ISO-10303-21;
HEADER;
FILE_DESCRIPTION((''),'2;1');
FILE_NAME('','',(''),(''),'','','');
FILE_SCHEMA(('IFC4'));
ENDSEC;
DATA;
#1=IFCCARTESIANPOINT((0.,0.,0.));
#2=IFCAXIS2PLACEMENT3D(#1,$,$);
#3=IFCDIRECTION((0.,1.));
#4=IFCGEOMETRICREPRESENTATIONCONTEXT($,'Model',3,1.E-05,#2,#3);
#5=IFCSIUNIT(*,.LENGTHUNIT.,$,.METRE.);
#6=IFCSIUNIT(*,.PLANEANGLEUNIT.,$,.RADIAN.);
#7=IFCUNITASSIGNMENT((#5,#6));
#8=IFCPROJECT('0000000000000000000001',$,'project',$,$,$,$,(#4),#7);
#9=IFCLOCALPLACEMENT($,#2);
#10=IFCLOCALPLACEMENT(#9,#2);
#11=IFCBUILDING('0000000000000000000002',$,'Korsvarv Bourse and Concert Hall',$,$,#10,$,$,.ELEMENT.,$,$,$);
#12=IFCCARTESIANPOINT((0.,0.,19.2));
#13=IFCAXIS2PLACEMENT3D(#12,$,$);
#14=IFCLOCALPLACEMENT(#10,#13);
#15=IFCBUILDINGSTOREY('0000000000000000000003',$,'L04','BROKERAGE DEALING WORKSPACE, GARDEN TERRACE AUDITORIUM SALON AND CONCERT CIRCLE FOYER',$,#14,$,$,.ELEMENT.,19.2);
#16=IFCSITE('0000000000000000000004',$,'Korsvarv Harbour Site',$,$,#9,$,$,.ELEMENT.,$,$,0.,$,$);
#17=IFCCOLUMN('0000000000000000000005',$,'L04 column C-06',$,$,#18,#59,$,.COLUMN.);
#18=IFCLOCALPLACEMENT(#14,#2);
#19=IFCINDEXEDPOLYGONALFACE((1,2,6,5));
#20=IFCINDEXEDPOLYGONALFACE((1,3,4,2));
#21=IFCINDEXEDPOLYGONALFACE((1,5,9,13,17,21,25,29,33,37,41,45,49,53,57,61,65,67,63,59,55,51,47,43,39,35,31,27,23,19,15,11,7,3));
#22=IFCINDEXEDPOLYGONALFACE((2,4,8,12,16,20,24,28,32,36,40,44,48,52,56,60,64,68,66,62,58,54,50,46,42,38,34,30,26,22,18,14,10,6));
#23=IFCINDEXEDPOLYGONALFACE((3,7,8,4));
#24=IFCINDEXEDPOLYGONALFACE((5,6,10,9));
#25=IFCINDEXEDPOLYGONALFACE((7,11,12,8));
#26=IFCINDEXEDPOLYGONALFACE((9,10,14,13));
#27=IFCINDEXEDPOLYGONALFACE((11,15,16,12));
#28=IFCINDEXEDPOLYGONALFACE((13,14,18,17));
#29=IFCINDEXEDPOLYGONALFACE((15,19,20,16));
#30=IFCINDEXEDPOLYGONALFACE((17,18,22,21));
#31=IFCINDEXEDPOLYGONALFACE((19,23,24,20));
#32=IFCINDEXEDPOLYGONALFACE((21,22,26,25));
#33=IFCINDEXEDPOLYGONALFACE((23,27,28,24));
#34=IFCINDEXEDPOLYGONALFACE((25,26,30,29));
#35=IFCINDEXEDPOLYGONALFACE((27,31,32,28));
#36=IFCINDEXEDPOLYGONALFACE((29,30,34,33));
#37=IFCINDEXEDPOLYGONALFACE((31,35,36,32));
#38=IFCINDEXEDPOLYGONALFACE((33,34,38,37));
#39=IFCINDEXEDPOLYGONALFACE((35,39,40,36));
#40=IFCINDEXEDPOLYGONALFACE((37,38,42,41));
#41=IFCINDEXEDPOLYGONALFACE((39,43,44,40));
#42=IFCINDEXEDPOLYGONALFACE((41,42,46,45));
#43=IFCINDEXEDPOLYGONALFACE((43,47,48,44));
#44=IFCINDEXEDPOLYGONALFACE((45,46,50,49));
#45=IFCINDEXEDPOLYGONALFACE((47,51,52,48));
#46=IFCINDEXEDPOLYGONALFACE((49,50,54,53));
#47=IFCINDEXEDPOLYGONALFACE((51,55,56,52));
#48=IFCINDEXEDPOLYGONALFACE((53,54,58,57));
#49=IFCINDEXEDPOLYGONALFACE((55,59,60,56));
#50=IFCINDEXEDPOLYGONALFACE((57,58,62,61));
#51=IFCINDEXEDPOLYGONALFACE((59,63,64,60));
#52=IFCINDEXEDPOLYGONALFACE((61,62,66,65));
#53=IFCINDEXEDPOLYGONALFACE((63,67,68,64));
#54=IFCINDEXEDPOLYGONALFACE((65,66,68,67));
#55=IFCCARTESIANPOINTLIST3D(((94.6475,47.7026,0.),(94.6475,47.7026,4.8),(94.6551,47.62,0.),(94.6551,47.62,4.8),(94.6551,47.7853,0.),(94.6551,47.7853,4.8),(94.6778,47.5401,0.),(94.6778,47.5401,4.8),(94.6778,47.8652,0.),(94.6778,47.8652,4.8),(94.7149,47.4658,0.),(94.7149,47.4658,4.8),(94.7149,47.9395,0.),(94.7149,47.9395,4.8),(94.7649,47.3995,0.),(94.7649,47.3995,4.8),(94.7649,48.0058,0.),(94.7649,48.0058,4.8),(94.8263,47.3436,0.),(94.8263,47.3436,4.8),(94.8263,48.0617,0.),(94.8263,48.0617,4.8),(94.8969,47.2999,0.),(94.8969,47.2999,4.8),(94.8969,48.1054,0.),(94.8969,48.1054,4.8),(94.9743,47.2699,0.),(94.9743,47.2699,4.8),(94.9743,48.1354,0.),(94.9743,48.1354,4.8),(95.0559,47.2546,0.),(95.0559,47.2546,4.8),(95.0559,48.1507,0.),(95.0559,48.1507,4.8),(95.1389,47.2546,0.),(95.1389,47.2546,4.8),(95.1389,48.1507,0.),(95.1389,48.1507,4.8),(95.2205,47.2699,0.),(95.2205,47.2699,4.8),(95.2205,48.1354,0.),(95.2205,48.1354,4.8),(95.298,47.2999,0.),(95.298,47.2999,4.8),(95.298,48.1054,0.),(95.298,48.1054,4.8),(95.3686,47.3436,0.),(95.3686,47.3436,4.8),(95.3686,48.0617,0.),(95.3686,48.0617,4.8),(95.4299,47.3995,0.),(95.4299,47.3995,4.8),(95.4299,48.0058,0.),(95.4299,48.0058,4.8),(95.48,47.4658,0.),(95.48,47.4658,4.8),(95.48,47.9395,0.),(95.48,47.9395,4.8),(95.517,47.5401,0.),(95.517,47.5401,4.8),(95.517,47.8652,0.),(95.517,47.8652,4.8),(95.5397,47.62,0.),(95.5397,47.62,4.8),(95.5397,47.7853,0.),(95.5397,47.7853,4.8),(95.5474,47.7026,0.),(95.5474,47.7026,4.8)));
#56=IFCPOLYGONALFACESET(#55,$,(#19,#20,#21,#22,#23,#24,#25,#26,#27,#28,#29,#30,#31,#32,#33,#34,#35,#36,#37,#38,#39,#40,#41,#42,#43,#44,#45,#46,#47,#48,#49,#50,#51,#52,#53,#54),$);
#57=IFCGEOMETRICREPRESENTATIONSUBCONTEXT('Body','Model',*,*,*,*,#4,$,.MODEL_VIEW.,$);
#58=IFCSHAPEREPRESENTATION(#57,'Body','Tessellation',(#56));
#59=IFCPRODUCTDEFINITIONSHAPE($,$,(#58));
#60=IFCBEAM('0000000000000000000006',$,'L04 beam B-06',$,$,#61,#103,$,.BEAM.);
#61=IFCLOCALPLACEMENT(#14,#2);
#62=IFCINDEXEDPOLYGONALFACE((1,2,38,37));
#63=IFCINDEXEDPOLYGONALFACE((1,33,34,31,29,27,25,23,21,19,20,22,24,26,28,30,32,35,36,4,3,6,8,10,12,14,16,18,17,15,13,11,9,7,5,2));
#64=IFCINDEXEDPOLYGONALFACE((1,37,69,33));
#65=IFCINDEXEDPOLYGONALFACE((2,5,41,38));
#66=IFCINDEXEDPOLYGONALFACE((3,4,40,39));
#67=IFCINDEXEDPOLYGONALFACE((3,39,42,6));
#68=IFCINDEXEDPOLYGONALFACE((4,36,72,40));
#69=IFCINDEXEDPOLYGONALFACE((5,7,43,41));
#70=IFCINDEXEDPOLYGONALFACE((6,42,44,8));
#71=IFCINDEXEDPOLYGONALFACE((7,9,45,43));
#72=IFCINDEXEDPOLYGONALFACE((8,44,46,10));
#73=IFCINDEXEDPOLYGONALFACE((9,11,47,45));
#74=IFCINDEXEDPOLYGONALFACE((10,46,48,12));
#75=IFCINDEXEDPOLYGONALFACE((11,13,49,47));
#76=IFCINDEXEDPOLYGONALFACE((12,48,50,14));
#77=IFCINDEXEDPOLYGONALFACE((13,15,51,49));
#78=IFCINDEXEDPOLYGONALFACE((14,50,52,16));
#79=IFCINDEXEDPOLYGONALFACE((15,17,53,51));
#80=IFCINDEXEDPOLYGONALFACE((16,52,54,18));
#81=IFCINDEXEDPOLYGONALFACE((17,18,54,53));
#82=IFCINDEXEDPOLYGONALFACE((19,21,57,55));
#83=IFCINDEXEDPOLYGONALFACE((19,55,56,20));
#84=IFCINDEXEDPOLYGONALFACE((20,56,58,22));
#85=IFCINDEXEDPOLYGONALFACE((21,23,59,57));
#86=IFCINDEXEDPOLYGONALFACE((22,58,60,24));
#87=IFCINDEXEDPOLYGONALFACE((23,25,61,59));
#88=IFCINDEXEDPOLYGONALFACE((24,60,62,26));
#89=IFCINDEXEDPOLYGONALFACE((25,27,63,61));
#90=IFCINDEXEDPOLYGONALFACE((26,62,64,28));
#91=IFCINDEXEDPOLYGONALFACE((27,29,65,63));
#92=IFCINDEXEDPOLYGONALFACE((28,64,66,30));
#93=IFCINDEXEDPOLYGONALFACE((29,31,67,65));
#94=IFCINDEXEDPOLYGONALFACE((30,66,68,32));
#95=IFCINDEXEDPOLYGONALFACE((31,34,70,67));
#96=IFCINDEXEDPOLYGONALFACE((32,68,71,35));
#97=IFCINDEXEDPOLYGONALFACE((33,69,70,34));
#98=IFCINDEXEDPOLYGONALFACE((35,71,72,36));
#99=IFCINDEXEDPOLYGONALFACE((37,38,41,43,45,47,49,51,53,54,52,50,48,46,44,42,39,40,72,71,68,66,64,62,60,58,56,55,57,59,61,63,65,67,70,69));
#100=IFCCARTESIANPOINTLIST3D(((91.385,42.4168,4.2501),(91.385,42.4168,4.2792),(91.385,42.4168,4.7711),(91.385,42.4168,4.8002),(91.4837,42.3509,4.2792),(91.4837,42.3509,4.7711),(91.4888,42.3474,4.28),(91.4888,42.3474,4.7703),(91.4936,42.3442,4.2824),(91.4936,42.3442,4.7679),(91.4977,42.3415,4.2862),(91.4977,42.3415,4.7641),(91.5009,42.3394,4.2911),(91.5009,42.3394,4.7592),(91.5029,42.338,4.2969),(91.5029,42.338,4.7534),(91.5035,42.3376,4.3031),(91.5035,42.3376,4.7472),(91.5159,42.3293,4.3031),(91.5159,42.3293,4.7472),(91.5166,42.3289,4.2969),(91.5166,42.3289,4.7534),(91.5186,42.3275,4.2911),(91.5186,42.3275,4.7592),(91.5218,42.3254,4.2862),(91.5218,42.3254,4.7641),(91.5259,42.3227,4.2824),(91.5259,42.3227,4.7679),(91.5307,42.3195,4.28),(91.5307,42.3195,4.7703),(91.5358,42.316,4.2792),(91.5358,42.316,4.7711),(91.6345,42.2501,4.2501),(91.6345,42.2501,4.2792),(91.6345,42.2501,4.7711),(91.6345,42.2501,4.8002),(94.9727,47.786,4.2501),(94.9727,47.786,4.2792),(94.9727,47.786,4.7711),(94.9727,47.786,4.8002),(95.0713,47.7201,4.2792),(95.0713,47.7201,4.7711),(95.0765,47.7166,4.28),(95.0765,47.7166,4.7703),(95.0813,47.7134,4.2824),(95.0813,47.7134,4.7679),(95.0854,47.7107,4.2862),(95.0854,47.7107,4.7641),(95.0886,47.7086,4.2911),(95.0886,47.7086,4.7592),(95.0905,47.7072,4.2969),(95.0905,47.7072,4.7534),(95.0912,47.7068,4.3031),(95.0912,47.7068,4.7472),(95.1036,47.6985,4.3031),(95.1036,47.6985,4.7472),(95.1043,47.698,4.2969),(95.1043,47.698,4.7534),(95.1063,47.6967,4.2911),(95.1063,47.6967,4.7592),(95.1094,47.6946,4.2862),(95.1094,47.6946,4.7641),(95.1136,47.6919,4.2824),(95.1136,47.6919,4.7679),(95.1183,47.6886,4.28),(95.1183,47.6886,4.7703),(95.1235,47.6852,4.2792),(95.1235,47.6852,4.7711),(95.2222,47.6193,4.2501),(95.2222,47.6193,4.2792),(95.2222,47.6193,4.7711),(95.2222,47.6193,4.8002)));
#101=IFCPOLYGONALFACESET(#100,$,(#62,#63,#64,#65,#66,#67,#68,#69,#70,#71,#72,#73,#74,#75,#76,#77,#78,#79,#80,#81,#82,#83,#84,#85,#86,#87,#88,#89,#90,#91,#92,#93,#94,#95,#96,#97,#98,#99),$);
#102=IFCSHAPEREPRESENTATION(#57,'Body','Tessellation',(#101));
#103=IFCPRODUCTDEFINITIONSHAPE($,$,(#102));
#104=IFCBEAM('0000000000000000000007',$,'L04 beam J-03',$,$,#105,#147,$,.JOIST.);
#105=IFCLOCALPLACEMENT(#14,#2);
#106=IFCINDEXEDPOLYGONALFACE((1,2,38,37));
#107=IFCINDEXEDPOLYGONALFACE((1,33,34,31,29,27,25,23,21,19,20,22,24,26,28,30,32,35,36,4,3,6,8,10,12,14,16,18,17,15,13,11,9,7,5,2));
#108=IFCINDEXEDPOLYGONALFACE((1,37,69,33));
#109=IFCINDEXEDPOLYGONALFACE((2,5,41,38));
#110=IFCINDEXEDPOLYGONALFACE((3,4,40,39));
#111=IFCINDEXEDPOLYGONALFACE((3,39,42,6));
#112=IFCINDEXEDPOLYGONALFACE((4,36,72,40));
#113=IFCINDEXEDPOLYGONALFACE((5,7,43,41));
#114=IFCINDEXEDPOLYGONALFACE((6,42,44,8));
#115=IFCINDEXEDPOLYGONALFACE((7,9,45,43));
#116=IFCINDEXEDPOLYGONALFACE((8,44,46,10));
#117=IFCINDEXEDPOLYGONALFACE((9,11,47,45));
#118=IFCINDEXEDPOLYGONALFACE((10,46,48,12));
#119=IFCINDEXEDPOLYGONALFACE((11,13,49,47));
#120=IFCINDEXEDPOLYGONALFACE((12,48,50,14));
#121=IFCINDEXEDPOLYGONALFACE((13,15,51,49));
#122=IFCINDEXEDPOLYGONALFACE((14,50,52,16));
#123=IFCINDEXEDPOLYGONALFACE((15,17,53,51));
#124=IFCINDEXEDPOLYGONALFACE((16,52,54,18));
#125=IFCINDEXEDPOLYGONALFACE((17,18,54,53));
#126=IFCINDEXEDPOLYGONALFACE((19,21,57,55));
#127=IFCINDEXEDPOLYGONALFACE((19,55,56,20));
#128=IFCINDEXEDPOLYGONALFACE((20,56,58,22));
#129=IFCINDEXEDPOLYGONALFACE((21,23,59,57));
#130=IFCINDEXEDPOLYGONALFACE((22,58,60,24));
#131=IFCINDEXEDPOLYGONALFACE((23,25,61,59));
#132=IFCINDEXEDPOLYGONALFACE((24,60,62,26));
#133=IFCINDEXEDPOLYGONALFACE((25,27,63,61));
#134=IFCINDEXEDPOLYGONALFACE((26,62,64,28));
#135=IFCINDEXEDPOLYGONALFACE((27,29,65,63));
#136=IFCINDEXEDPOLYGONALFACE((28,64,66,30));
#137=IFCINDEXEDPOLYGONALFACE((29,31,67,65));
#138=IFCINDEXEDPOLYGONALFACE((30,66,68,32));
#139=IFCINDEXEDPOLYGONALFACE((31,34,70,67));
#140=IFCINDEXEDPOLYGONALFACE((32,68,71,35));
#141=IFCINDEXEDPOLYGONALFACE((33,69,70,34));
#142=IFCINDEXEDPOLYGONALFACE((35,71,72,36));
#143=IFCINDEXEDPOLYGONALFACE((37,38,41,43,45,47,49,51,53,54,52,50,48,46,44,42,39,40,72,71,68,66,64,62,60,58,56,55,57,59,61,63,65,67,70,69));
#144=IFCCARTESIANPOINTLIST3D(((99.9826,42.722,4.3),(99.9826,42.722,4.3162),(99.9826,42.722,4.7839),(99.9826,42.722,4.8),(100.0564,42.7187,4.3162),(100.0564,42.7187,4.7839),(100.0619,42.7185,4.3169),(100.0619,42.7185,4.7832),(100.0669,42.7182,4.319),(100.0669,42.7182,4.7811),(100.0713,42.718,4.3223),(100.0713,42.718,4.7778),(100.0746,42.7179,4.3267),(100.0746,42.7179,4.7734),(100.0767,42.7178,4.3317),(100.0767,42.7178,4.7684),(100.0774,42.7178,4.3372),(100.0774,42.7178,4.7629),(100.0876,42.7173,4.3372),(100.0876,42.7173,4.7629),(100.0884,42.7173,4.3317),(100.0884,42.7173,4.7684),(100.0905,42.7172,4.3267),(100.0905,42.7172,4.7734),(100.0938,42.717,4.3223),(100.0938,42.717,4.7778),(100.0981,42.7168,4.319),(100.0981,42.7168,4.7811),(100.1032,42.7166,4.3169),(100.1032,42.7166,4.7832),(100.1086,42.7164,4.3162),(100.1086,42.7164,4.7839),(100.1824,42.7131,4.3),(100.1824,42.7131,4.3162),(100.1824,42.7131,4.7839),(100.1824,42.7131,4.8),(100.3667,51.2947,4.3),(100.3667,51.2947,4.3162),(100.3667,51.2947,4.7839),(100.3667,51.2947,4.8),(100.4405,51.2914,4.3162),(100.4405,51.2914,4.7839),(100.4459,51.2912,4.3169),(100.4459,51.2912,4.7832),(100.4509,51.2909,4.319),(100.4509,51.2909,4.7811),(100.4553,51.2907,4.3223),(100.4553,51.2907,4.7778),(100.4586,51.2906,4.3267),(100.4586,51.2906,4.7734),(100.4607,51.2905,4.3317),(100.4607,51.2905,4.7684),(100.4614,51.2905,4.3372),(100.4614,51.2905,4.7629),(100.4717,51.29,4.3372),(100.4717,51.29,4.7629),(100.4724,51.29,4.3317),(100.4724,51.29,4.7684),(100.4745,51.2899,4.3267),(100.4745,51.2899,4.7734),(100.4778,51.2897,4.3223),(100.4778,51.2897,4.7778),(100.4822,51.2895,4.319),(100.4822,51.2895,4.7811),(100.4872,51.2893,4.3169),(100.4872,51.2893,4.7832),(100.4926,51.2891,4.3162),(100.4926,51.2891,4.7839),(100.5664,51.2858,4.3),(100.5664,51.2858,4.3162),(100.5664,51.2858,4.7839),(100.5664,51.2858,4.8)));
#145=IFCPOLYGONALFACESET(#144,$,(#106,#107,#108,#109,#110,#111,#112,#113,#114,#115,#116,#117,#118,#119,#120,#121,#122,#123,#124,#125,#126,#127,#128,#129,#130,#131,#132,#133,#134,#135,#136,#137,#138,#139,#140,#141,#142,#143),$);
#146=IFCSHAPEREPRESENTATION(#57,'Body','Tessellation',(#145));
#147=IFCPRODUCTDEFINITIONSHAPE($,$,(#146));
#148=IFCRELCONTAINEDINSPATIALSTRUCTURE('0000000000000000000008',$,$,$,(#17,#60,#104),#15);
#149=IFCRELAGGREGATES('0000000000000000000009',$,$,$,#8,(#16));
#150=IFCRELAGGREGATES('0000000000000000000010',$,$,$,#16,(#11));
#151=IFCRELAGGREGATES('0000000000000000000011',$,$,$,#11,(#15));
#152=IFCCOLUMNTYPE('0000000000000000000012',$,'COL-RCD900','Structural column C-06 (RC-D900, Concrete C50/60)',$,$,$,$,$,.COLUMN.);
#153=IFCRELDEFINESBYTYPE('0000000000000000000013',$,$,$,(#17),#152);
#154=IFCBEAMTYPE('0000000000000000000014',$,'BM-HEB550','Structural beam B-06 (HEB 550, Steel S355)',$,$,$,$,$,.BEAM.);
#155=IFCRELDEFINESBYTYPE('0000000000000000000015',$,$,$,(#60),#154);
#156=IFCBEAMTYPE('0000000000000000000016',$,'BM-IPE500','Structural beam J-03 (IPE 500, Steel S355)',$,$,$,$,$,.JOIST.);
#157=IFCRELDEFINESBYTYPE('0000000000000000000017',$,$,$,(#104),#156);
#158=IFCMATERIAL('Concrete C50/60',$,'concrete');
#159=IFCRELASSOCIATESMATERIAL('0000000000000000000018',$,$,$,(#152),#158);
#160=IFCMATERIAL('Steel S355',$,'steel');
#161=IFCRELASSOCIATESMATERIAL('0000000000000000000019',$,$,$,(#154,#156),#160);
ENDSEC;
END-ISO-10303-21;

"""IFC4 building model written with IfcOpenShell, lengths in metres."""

from ifc_helpers import new_model, si_unit, direction, frame, origin, origin_2d, place, context, subcontext, project, spatial, circle, i_section, extrude, source, transform, mapped, material, material_profile, profile_set, type_object, element, save


model = new_model("IFC4")

# Units and contexts
model_context = context("Model", 3, precision=1e-05, world=origin(), true_north=direction((0.0, 1.0)))
body_context = subcontext(model_context, "Body", "Model", "MODEL_VIEW")
ifc_project = project(units=[si_unit("LENGTHUNIT", "METRE"), si_unit("PLANEANGLEUNIT", "RADIAN")], contexts=[model_context])

# Site, building, storey
site_placement = place(None, origin())
site = spatial("IfcSite", under=ifc_project, at=site_placement, Name="Korsvarv Harbour Site", CompositionType="ELEMENT", RefElevation=0.0)
building_placement = place(site_placement, origin())
building = spatial("IfcBuilding", under=site, at=building_placement, Name="Korsvarv Bourse and Concert Hall", CompositionType="ELEMENT")
storey_placement = place(building_placement, frame((0.0, 0.0, 19.2)))
storey = spatial("IfcBuildingStorey", under=building, at=storey_placement, Name="L04", Description="BROKERAGE DEALING WORKSPACE, GARDEN TERRACE AUDITORIUM SALON AND CONCERT CIRCLE FOYER", CompositionType="ELEMENT", Elevation=19.2)

# Column
ifc_material_1 = material(Name="Concrete C50/60", Category="concrete")
ifc_material_profile_1 = material_profile(ifc_material_1, circle(Radius=0.45, at=origin_2d()), Name="RC-D900")
ifc_profile_set_1 = profile_set([ifc_material_profile_1], Name="Concrete C50/60")
column_type = type_object("IfcColumnType", Name="COL-RCD900", Description="Structural column C-06 (RC-D900, Concrete C50/60)", PredefinedType="COLUMN", material=ifc_profile_set_1)
shared_shape_1 = source(origin(), body_context, "Body", "SweptSolid", [
    extrude(circle(Radius=0.45, at=origin_2d()), origin(), (0.0, 0.0, 1.0), 4.8),
])
column_placement = place(storey_placement, frame((95.0974, 47.7026, 0.0), z_axis=(0.0, 0.0, 1.0), x_axis=(1.0, 0.0, 0.0)))
element("IfcColumn", 1, at=column_placement, inside=storey, type_object=column_type, Name="L04 column C-06", PredefinedType="COLUMN", context=body_context, shape_type="MappedRepresentation", body=[
    mapped(shared_shape_1, transform((0.0, 0.0, 0.0), scale=1.0)),
])

# Beams
ifc_material_2 = material(Name="Steel S355", Category="steel")
ifc_material_profile_2 = material_profile(ifc_material_2, i_section(OverallWidth=0.3, OverallDepth=0.55, WebThickness=0.0149, FlangeThickness=0.0291, FilletRadius=0.0239, at=origin_2d()), Name="HEB 550")
ifc_profile_set_2 = profile_set([ifc_material_profile_2], Name="Steel S355")
beam_type_1 = type_object("IfcBeamType", Name="BM-HEB550", Description="Structural beam B-06 (HEB 550, Steel S355)", PredefinedType="BEAM", material=ifc_profile_set_2)
shared_shape_2 = source(origin(), body_context, "Body", "SweptSolid", [
    extrude(i_section(OverallWidth=0.3, OverallDepth=0.55, WebThickness=0.0149, FlangeThickness=0.0291, FilletRadius=0.0239, at=origin_2d()), origin(), (0.0, 0.0, 1.0), 6.4575),
])
beam_1_placement = place(storey_placement, frame((95.0974, 47.7026, 4.5251), z_axis=(-0.555581, -0.831462, 0.0), x_axis=(0.831462, -0.555581, 0.0)))
element("IfcBeam", 2, at=beam_1_placement, inside=storey, type_object=beam_type_1, Name="L04 beam B-06", PredefinedType="BEAM", context=body_context, shape_type="MappedRepresentation", body=[
    mapped(shared_shape_2, transform((0.0, 0.0, 0.0), scale=1.0)),
])
ifc_material_profile_3 = material_profile(ifc_material_2, i_section(OverallWidth=0.2, OverallDepth=0.5, WebThickness=0.0103, FlangeThickness=0.0161, FilletRadius=0.021, at=origin_2d()), Name="IPE 500")
ifc_profile_set_3 = profile_set([ifc_material_profile_3], Name="Steel S355")
beam_type_2 = type_object("IfcBeamType", Name="BM-IPE500", Description="Structural beam J-03 (IPE 500, Steel S355)", PredefinedType="JOIST", material=ifc_profile_set_3)
shared_shape_3 = source(origin(), body_context, "Body", "SweptSolid", [
    extrude(i_section(OverallWidth=0.2, OverallDepth=0.5, WebThickness=0.0103, FlangeThickness=0.0161, FilletRadius=0.021, at=origin_2d()), origin(), (0.0, 0.0, 1.0), 8.5813),
])
beam_2_placement = place(storey_placement, frame((100.0825, 42.7175, 4.55), z_axis=(0.044752, 0.998998, 0.0), x_axis=(-0.998998, 0.044752, 0.0)))
element("IfcBeam", 3, at=beam_2_placement, inside=storey, type_object=beam_type_2, Name="L04 beam J-03", PredefinedType="JOIST", context=body_context, shape_type="MappedRepresentation", body=[
    mapped(shared_shape_3, transform((0.0, 0.0, 0.0), scale=1.0)),
])

save(model, "model.ifc")
